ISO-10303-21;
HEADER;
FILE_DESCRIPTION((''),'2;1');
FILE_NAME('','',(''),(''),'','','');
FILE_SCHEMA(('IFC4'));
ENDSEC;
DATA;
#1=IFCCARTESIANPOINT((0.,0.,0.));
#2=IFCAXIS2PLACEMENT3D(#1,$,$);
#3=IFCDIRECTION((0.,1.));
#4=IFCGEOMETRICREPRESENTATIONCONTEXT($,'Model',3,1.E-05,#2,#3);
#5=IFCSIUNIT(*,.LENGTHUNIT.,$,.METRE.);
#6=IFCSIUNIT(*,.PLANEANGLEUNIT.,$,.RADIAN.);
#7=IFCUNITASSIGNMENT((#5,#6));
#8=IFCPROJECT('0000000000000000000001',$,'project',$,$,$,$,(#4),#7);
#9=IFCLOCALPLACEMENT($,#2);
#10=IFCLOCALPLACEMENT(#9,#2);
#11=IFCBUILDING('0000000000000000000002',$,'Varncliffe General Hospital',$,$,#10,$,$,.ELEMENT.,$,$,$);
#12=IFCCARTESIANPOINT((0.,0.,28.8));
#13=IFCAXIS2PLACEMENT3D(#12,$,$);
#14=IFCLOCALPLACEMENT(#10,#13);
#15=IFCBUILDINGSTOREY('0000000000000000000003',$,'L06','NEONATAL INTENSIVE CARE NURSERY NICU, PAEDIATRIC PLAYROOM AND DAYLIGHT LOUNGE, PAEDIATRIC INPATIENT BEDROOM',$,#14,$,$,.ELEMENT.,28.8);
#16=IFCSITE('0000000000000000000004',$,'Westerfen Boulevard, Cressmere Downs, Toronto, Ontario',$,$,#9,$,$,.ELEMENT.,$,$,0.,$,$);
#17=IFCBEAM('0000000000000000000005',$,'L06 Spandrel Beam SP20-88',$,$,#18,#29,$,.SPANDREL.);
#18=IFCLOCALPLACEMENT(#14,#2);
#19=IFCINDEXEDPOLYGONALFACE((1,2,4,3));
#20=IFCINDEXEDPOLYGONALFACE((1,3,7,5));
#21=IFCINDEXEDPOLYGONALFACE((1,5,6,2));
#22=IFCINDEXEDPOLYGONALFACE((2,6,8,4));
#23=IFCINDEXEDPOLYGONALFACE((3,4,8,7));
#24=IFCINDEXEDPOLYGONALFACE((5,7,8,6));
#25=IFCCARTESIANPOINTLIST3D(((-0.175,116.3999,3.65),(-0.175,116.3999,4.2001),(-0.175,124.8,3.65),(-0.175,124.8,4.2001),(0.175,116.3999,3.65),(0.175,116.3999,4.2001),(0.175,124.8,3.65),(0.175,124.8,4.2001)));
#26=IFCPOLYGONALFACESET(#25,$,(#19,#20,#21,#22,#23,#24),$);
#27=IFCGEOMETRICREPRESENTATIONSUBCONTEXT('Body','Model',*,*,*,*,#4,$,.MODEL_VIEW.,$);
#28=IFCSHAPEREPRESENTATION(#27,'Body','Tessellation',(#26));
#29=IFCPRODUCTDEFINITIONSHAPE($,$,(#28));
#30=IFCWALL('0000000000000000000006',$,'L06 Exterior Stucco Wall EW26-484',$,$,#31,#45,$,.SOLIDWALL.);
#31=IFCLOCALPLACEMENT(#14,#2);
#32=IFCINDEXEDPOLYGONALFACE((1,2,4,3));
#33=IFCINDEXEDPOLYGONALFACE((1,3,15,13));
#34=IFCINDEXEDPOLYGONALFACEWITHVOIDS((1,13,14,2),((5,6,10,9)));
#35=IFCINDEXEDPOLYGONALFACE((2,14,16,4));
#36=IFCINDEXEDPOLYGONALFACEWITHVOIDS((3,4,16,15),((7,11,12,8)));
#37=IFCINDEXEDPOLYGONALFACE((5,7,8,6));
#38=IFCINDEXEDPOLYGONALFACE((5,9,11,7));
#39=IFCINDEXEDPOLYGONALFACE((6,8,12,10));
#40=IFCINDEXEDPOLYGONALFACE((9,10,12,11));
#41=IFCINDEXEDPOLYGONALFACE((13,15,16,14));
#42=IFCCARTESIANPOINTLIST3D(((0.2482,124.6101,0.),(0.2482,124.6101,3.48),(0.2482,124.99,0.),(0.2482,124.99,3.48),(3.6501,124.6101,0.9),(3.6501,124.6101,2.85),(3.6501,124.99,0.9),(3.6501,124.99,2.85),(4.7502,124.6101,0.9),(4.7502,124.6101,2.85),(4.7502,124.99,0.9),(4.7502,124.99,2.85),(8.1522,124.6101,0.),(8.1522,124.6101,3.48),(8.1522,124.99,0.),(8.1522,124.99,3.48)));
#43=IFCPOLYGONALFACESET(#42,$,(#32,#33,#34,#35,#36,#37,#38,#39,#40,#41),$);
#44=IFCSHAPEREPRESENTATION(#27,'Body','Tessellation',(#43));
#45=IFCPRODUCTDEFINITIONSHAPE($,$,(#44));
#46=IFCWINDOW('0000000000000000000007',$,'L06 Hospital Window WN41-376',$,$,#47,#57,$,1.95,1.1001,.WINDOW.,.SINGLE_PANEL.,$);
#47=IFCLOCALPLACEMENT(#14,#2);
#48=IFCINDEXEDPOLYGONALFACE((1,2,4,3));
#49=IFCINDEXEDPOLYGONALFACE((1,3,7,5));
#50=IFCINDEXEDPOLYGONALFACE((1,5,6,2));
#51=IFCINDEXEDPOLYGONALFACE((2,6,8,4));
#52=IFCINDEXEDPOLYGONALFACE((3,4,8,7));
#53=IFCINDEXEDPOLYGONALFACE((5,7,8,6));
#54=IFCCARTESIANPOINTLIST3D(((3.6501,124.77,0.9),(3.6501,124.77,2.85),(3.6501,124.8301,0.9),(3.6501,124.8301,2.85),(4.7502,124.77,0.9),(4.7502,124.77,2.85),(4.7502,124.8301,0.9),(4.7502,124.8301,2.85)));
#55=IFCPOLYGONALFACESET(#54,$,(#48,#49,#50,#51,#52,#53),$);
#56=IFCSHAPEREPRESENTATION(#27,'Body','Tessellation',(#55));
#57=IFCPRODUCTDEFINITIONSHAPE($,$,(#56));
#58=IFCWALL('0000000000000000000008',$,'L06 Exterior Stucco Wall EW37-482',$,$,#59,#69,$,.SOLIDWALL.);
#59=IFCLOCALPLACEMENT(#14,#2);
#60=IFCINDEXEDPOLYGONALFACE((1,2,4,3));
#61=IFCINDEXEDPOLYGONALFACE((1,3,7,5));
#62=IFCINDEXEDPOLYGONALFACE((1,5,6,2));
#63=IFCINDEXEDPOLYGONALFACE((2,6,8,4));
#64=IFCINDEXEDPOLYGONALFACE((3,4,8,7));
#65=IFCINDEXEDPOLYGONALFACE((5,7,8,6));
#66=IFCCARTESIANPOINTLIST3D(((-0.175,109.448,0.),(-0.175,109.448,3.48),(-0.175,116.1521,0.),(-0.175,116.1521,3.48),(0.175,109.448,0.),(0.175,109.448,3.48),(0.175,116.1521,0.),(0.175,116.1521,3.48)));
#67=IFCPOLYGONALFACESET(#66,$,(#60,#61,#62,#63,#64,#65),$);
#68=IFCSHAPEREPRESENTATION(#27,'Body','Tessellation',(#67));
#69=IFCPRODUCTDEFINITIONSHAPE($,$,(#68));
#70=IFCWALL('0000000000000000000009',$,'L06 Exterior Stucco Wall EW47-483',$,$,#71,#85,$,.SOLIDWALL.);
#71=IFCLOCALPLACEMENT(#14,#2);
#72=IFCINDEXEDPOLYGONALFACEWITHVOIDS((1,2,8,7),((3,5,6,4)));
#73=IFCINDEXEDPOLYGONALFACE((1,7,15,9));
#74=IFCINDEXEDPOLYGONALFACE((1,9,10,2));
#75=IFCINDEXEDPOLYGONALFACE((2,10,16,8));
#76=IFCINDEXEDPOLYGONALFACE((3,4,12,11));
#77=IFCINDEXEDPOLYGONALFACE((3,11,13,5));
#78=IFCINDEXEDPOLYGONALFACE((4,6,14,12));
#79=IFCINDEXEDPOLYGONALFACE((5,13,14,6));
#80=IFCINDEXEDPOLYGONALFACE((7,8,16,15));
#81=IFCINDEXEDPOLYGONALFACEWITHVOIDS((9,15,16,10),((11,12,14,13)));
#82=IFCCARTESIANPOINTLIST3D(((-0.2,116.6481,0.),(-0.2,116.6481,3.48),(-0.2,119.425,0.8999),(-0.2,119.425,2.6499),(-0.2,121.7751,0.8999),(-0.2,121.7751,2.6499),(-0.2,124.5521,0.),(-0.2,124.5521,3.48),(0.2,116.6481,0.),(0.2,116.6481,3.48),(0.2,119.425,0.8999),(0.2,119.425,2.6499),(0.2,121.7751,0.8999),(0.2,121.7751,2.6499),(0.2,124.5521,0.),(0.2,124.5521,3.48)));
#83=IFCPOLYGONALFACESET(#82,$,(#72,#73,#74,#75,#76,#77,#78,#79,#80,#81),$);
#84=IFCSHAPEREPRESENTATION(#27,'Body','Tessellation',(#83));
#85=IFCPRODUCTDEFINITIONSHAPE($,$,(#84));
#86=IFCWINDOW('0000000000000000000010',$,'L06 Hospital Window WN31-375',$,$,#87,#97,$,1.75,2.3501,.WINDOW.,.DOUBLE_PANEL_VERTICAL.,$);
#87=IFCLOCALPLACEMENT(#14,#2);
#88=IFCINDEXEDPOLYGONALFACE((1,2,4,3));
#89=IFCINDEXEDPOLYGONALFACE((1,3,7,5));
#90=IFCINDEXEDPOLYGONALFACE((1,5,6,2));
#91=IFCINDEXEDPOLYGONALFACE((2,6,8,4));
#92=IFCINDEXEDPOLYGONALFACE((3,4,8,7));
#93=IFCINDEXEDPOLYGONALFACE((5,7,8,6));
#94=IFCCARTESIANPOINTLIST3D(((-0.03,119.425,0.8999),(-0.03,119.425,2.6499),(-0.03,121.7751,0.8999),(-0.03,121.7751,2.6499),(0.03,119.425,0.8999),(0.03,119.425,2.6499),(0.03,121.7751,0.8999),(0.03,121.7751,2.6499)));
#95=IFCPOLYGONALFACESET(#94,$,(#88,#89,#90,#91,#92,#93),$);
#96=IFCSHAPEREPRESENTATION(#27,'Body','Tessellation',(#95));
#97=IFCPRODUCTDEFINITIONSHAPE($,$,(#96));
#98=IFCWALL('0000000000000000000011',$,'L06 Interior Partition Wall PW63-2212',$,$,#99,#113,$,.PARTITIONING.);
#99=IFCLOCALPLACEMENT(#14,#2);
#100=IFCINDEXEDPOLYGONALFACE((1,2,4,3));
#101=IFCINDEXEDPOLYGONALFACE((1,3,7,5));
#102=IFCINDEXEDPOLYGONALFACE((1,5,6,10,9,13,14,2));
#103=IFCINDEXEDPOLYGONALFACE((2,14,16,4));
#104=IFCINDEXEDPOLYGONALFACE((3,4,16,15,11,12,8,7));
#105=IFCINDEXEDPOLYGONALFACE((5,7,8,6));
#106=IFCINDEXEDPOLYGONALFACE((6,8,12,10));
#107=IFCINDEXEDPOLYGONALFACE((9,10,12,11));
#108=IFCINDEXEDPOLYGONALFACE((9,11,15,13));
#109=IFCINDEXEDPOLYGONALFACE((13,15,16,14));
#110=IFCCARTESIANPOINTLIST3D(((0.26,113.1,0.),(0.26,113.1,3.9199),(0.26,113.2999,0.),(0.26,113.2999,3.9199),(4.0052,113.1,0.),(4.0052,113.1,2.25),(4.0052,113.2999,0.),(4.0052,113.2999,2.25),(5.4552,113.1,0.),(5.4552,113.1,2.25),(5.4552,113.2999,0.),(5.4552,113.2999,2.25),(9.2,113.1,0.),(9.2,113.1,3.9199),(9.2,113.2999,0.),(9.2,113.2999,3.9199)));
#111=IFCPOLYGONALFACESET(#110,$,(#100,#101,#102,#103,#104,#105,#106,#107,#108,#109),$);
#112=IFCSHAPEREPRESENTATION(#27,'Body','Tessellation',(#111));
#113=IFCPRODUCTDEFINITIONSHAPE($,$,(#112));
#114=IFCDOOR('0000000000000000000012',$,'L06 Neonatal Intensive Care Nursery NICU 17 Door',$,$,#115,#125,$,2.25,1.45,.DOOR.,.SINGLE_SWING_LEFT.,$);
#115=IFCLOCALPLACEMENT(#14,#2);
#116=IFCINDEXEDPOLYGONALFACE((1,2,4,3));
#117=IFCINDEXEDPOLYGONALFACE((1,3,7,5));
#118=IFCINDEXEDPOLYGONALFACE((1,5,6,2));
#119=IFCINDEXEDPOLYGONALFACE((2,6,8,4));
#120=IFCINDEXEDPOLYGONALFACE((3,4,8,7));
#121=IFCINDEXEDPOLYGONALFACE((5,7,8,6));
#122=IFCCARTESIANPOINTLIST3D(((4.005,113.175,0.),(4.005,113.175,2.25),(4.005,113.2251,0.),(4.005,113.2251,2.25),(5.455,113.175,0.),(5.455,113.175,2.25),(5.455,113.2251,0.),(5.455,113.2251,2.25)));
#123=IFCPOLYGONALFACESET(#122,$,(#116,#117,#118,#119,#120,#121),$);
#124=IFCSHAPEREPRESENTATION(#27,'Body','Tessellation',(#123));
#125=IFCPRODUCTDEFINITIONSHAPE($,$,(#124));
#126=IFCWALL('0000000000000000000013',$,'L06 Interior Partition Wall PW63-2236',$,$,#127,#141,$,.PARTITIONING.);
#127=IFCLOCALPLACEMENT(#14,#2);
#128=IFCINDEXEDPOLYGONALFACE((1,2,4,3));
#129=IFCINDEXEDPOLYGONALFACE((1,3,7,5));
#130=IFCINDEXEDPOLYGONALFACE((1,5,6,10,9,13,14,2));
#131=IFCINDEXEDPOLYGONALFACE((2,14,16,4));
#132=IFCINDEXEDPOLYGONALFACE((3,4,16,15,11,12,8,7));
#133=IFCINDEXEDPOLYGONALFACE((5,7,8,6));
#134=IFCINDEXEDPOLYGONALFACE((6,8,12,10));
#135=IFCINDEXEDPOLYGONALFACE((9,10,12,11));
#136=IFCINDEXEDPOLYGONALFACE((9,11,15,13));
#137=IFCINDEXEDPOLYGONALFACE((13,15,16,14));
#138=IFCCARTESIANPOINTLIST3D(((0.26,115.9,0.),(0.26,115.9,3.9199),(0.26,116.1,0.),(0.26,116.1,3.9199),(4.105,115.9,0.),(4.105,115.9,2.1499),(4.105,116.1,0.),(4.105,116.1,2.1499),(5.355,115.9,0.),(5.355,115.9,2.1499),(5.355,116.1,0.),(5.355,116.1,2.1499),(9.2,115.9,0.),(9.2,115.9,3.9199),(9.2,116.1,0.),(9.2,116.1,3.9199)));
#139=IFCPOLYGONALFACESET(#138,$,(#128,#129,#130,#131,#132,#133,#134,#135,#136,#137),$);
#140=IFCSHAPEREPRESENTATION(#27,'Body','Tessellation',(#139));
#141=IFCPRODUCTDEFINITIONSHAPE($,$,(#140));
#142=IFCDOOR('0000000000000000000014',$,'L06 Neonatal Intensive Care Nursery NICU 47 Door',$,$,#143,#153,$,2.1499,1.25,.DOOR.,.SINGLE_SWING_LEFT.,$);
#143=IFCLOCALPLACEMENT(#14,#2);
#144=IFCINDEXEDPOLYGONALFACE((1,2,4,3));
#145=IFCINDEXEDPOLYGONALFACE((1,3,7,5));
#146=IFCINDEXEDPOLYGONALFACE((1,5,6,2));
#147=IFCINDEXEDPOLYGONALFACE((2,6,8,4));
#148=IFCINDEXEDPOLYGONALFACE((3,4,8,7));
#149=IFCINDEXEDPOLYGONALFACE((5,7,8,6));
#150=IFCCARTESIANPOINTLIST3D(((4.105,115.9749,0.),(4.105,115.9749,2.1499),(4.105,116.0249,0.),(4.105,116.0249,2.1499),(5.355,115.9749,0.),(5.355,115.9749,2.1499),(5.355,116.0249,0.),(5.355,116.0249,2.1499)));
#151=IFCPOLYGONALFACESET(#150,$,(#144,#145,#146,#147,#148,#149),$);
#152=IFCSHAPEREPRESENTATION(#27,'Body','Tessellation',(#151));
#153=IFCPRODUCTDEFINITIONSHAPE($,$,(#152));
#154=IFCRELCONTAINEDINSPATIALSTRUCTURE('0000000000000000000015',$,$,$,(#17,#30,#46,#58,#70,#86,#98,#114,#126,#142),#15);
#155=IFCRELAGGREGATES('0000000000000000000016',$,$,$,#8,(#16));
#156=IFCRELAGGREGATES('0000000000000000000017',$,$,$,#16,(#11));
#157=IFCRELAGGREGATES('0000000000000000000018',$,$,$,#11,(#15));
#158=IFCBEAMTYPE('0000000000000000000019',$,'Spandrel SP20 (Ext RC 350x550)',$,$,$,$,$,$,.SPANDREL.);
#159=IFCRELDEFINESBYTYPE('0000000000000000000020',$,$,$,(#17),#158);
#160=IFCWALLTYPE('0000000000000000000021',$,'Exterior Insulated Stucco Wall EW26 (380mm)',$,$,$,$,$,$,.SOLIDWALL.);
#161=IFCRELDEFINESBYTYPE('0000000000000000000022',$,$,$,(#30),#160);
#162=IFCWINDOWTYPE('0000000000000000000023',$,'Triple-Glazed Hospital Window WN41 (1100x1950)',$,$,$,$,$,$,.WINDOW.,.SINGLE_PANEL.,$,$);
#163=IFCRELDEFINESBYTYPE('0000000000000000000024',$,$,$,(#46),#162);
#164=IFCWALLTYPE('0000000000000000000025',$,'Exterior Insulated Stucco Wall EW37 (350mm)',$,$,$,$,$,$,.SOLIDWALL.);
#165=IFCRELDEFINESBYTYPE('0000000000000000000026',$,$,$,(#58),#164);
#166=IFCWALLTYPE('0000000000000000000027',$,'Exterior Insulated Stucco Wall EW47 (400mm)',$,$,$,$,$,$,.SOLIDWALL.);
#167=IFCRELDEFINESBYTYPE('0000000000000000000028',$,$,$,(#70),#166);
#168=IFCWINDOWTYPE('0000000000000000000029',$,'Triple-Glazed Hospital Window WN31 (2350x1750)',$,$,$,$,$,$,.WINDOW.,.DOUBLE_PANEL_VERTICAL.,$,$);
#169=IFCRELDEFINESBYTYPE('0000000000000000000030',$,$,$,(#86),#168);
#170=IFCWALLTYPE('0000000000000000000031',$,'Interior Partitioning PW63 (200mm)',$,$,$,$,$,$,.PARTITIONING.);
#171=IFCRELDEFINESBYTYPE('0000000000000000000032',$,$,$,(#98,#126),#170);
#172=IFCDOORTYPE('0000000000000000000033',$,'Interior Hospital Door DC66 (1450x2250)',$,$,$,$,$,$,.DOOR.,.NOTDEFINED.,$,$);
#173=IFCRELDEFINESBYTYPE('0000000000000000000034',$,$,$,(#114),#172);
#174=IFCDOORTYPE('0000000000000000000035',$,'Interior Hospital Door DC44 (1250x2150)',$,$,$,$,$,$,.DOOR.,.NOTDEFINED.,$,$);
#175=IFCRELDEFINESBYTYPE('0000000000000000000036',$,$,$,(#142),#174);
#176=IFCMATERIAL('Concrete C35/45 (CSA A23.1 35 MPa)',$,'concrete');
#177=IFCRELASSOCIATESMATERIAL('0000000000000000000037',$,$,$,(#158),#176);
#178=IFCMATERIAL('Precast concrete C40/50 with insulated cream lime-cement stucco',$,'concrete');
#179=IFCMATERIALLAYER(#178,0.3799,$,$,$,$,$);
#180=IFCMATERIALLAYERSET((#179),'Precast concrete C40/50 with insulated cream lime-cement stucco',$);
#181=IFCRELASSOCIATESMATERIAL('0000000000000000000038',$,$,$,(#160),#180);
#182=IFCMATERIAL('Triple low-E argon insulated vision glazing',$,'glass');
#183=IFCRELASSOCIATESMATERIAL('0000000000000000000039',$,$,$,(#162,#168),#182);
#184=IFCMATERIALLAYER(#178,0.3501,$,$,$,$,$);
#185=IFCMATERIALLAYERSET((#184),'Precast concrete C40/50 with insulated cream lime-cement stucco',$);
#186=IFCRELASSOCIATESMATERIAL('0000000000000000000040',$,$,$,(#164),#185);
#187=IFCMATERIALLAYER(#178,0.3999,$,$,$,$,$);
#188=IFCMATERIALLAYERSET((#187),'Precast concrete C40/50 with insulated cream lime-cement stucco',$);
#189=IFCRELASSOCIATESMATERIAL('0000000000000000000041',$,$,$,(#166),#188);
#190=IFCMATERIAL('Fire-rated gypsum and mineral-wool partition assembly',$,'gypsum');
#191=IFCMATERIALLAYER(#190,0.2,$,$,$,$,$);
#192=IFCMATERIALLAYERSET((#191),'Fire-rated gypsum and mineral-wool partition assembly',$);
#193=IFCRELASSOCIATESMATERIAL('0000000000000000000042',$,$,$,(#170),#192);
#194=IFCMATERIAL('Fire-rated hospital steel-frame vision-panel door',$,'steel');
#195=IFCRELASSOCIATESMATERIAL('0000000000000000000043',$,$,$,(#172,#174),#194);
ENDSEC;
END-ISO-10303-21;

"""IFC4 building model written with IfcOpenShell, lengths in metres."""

from ifc_helpers import new_model, si_unit, direction, frame, frame_2d, origin, origin_2d, place, context, subcontext, project, spatial, rectangle, extrude, material, layer, layer_set, material_profile, profile_set, type_object, element, fill, save


model = new_model("IFC4")

# Units and contexts
model_context = context("Model", 3, precision=1e-05, world=origin(), true_north=direction((0.0, 1.0)))
body_context = subcontext(model_context, "Body", "Model", "MODEL_VIEW")
ifc_project = project(units=[si_unit("LENGTHUNIT", "METRE"), si_unit("PLANEANGLEUNIT", "RADIAN")], contexts=[model_context])

# Site, building, storey
site_placement = place(None, origin())
site = spatial("IfcSite", under=ifc_project, at=site_placement, Name="Westerfen Boulevard, Cressmere Downs, Toronto, Ontario", CompositionType="ELEMENT", RefElevation=0.0)
building_placement = place(site_placement, origin())
building = spatial("IfcBuilding", under=site, at=building_placement, Name="Varncliffe General Hospital", CompositionType="ELEMENT")
storey_placement = place(building_placement, frame((0.0, 0.0, 28.8)))
storey = spatial("IfcBuildingStorey", under=building, at=storey_placement, Name="L06", Description="NEONATAL INTENSIVE CARE NURSERY NICU, PAEDIATRIC PLAYROOM AND DAYLIGHT LOUNGE, PAEDIATRIC INPATIENT BEDROOM", CompositionType="ELEMENT", Elevation=28.8)

# Beam
ifc_material_1 = material(Name="Concrete C35/45 (CSA A23.1 35 MPa)", Category="concrete")
ifc_material_profile_1 = material_profile(ifc_material_1, rectangle(XDim=0.3501, YDim=0.55, at=origin_2d()), Name="RC 350x550")
ifc_profile_set_1 = profile_set([ifc_material_profile_1], Name="Concrete C35/45 (CSA A23.1 35 MPa)")
beam_type_1 = type_object("IfcBeamType", Name="Spandrel SP20 (Ext RC 350x550)", PredefinedType="SPANDREL", material=ifc_profile_set_1)
beam_1_placement = place(storey_placement, frame((0.0, 116.3999, 3.925), z_axis=(0.0, 1.0, 0.0), x_axis=(-1.0, 0.0, 0.0)))
element("IfcBeam", 1, at=beam_1_placement, inside=storey, type_object=beam_type_1, Name="L06 Spandrel Beam SP20-88", PredefinedType="SPANDREL", context=body_context, shape_type="SweptSolid", body=[
    extrude(rectangle(XDim=0.3501, YDim=0.55, at=origin_2d()), origin(), (0.0, 0.0, 1.0), 8.4001),
])

# Wall, opening, window
ifc_material_2 = material(Name="Precast concrete C40/50 with insulated cream lime-cement stucco", Category="concrete")
ifc_layer_1 = layer(ifc_material_2, 0.3799)
ifc_layer_set_1 = layer_set([ifc_layer_1], Name="Precast concrete C40/50 with insulated cream lime-cement stucco")
wall_type_1 = type_object("IfcWallType", Name="Exterior Insulated Stucco Wall EW26 (380mm)", PredefinedType="SOLIDWALL", material=ifc_layer_set_1)
wall_1_placement = place(storey_placement, frame((0.248, 124.8, 0.0), z_axis=(0.0, 0.0, 1.0), x_axis=(1.0, 0.0, 0.0)))
wall_1 = element("IfcWall", 2, at=wall_1_placement, inside=storey, type_object=wall_type_1, Name="L06 Exterior Stucco Wall EW26-484", PredefinedType="SOLIDWALL", context=body_context, shape_type="SweptSolid", body=[
    extrude(rectangle(XDim=7.9041, YDim=0.3799, at=frame_2d((3.9521, 0.0))), origin(), (0.0, 0.0, 1.0), 3.48),
])
opening_1_placement = place(wall_1_placement, frame((3.4021, 0.0, 0.8999)))
opening_1 = element("IfcOpeningElement", 3, at=opening_1_placement, cuts=wall_1, PredefinedType="OPENING", context=body_context, shape_type="SweptSolid", body=[
    extrude(rectangle(XDim=1.1001, YDim=1.95, at=frame_2d((0.55, 0.9751))), frame((0.0, 0.2, 0.0), z_axis=(0.0, -1.0, 0.0), x_axis=(1.0, 0.0, 0.0)), (0.0, 0.0, 1.0), 0.3999),
])
ifc_material_3 = material(Name="Triple low-E argon insulated vision glazing", Category="glass")
window_type_1 = type_object("IfcWindowType", Name="Triple-Glazed Hospital Window WN41 (1100x1950)", PartitioningType="SINGLE_PANEL", PredefinedType="WINDOW", material=ifc_material_3)
window_1_placement = place(opening_1_placement, origin())
window_1 = element("IfcWindow", 4, at=window_1_placement, inside=storey, type_object=window_type_1, Name="L06 Hospital Window WN41-376", OverallHeight=1.95, OverallWidth=1.1001, PartitioningType="SINGLE_PANEL", PredefinedType="WINDOW", context=body_context, shape_type="SweptSolid", body=[
    extrude(rectangle(XDim=1.1001, YDim=1.95, at=frame_2d((0.55, 0.9751))), frame((0.0, 0.03, 0.0), z_axis=(0.0, -1.0, 0.0), x_axis=(1.0, 0.0, 0.0)), (0.0, 0.0, 1.0), 0.0601),
])
fill(opening_1, window_1)

# Wall
ifc_layer_2 = layer(ifc_material_2, 0.3501)
ifc_layer_set_2 = layer_set([ifc_layer_2], Name="Precast concrete C40/50 with insulated cream lime-cement stucco")
wall_type_2 = type_object("IfcWallType", Name="Exterior Insulated Stucco Wall EW37 (350mm)", PredefinedType="SOLIDWALL", material=ifc_layer_set_2)
wall_2_placement = place(storey_placement, frame((0.0, 109.448, 0.0), z_axis=(0.0, 0.0, 1.0), x_axis=(0.0, 1.0, 0.0)))
element("IfcWall", 5, at=wall_2_placement, inside=storey, type_object=wall_type_2, Name="L06 Exterior Stucco Wall EW37-482", PredefinedType="SOLIDWALL", context=body_context, shape_type="SweptSolid", body=[
    extrude(rectangle(XDim=6.7041, YDim=0.3501, at=frame_2d((3.3521, 0.0))), origin(), (0.0, 0.0, 1.0), 3.48),
])

# Wall, opening, window
ifc_layer_3 = layer(ifc_material_2, 0.3999)
ifc_layer_set_3 = layer_set([ifc_layer_3], Name="Precast concrete C40/50 with insulated cream lime-cement stucco")
wall_type_3 = type_object("IfcWallType", Name="Exterior Insulated Stucco Wall EW47 (400mm)", PredefinedType="SOLIDWALL", material=ifc_layer_set_3)
wall_3_placement = place(storey_placement, frame((0.0, 116.6479, 0.0), z_axis=(0.0, 0.0, 1.0), x_axis=(0.0, 1.0, 0.0)))
wall_3 = element("IfcWall", 6, at=wall_3_placement, inside=storey, type_object=wall_type_3, Name="L06 Exterior Stucco Wall EW47-483", PredefinedType="SOLIDWALL", context=body_context, shape_type="SweptSolid", body=[
    extrude(rectangle(XDim=7.9041, YDim=0.3999, at=frame_2d((3.9521, 0.0))), origin(), (0.0, 0.0, 1.0), 3.48),
])
opening_2_placement = place(wall_3_placement, frame((2.7771, 0.0, 0.8999)))
opening_2 = element("IfcOpeningElement", 7, at=opening_2_placement, cuts=wall_3, PredefinedType="OPENING", context=body_context, shape_type="SweptSolid", body=[
    extrude(rectangle(XDim=2.3501, YDim=1.75, at=frame_2d((1.175, 0.875))), frame((0.0, 0.21, 0.0), z_axis=(0.0, -1.0, 0.0), x_axis=(1.0, 0.0, 0.0)), (0.0, 0.0, 1.0), 0.4199),
])
window_type_2 = type_object("IfcWindowType", Name="Triple-Glazed Hospital Window WN31 (2350x1750)", PartitioningType="DOUBLE_PANEL_VERTICAL", PredefinedType="WINDOW", material=ifc_material_3)
window_2_placement = place(opening_2_placement, origin())
window_2 = element("IfcWindow", 8, at=window_2_placement, inside=storey, type_object=window_type_2, Name="L06 Hospital Window WN31-375", OverallHeight=1.75, OverallWidth=2.3501, PartitioningType="DOUBLE_PANEL_VERTICAL", PredefinedType="WINDOW", context=body_context, shape_type="SweptSolid", body=[
    extrude(rectangle(XDim=2.3501, YDim=1.75, at=frame_2d((1.175, 0.875))), frame((0.0, 0.03, 0.0), z_axis=(0.0, -1.0, 0.0), x_axis=(1.0, 0.0, 0.0)), (0.0, 0.0, 1.0), 0.0601),
])
fill(opening_2, window_2)

# Walls, openings, doors
ifc_material_4 = material(Name="Fire-rated gypsum and mineral-wool partition assembly", Category="gypsum")
ifc_layer_4 = layer(ifc_material_4, 0.2)
ifc_layer_set_4 = layer_set([ifc_layer_4], Name="Fire-rated gypsum and mineral-wool partition assembly")
wall_type_4 = type_object("IfcWallType", Name="Interior Partitioning PW63 (200mm)", PredefinedType="PARTITIONING", material=ifc_layer_set_4)
wall_4_placement = place(storey_placement, frame((0.26, 113.2, 0.0), z_axis=(0.0, 0.0, 1.0), x_axis=(1.0, 0.0, 0.0)))
wall_4 = element("IfcWall", 9, at=wall_4_placement, inside=storey, type_object=wall_type_4, Name="L06 Interior Partition Wall PW63-2212", PredefinedType="PARTITIONING", context=body_context, shape_type="SweptSolid", body=[
    extrude(rectangle(XDim=8.9399, YDim=0.2, at=frame_2d((4.47, 0.0))), origin(), (0.0, 0.0, 1.0), 3.9199),
])
opening_3_placement = place(wall_4_placement, frame((3.7451, 0.0, 0.0)))
opening_3 = element("IfcOpeningElement", 10, at=opening_3_placement, cuts=wall_4, PredefinedType="OPENING", context=body_context, shape_type="SweptSolid", body=[
    extrude(rectangle(XDim=1.45, YDim=2.25, at=frame_2d((0.7251, 1.125))), frame((0.0, 0.1099, 0.0), z_axis=(0.0, -1.0, 0.0), x_axis=(1.0, 0.0, 0.0)), (0.0, 0.0, 1.0), 0.22),
])
ifc_material_5 = material(Name="Fire-rated hospital steel-frame vision-panel door", Category="steel")
door_type_1 = type_object("IfcDoorType", Name="Interior Hospital Door DC66 (1450x2250)", OperationType="NOTDEFINED", PredefinedType="DOOR", material=ifc_material_5)
door_1_placement = place(opening_3_placement, frame((1.45, 0.0, 0.0), z_axis=(0.0, 0.0, 1.0), x_axis=(-1.0, 0.0, 0.0)))
door_1 = element("IfcDoor", 11, at=door_1_placement, inside=storey, type_object=door_type_1, Name="L06 Neonatal Intensive Care Nursery NICU 17 Door", OperationType="SINGLE_SWING_LEFT", OverallHeight=2.25, OverallWidth=1.45, PredefinedType="DOOR", context=body_context, shape_type="SweptSolid", body=[
    extrude(rectangle(XDim=1.45, YDim=2.25, at=frame_2d((0.7251, 1.125))), frame((0.0, 0.0249, 0.0), z_axis=(0.0, -1.0, 0.0), x_axis=(1.0, 0.0, 0.0)), (0.0, 0.0, 1.0), 0.05),
])
fill(opening_3, door_1)
wall_5_placement = place(storey_placement, frame((0.26, 116.0, 0.0), z_axis=(0.0, 0.0, 1.0), x_axis=(1.0, 0.0, 0.0)))
wall_5 = element("IfcWall", 12, at=wall_5_placement, inside=storey, type_object=wall_type_4, Name="L06 Interior Partition Wall PW63-2236", PredefinedType="PARTITIONING", context=body_context, shape_type="SweptSolid", body=[
    extrude(rectangle(XDim=8.9399, YDim=0.2, at=frame_2d((4.47, 0.0))), origin(), (0.0, 0.0, 1.0), 3.9199),
])
opening_4_placement = place(wall_5_placement, frame((3.845, 0.0, 0.0)))
opening_4 = element("IfcOpeningElement", 13, at=opening_4_placement, cuts=wall_5, PredefinedType="OPENING", context=body_context, shape_type="SweptSolid", body=[
    extrude(rectangle(XDim=1.25, YDim=2.1499, at=frame_2d((0.625, 1.075))), frame((0.0, 0.1099, 0.0), z_axis=(0.0, -1.0, 0.0), x_axis=(1.0, 0.0, 0.0)), (0.0, 0.0, 1.0), 0.22),
])
door_type_2 = type_object("IfcDoorType", Name="Interior Hospital Door DC44 (1250x2150)", OperationType="NOTDEFINED", PredefinedType="DOOR", material=ifc_material_5)
door_2_placement = place(opening_4_placement, origin())
door_2 = element("IfcDoor", 14, at=door_2_placement, inside=storey, type_object=door_type_2, Name="L06 Neonatal Intensive Care Nursery NICU 47 Door", OperationType="SINGLE_SWING_LEFT", OverallHeight=2.1499, OverallWidth=1.25, PredefinedType="DOOR", context=body_context, shape_type="SweptSolid", body=[
    extrude(rectangle(XDim=1.25, YDim=2.1499, at=frame_2d((0.625, 1.075))), frame((0.0, 0.0249, 0.0), z_axis=(0.0, -1.0, 0.0), x_axis=(1.0, 0.0, 0.0)), (0.0, 0.0, 1.0), 0.05),
])
fill(opening_4, door_2)

save(model, "model.ifc")
